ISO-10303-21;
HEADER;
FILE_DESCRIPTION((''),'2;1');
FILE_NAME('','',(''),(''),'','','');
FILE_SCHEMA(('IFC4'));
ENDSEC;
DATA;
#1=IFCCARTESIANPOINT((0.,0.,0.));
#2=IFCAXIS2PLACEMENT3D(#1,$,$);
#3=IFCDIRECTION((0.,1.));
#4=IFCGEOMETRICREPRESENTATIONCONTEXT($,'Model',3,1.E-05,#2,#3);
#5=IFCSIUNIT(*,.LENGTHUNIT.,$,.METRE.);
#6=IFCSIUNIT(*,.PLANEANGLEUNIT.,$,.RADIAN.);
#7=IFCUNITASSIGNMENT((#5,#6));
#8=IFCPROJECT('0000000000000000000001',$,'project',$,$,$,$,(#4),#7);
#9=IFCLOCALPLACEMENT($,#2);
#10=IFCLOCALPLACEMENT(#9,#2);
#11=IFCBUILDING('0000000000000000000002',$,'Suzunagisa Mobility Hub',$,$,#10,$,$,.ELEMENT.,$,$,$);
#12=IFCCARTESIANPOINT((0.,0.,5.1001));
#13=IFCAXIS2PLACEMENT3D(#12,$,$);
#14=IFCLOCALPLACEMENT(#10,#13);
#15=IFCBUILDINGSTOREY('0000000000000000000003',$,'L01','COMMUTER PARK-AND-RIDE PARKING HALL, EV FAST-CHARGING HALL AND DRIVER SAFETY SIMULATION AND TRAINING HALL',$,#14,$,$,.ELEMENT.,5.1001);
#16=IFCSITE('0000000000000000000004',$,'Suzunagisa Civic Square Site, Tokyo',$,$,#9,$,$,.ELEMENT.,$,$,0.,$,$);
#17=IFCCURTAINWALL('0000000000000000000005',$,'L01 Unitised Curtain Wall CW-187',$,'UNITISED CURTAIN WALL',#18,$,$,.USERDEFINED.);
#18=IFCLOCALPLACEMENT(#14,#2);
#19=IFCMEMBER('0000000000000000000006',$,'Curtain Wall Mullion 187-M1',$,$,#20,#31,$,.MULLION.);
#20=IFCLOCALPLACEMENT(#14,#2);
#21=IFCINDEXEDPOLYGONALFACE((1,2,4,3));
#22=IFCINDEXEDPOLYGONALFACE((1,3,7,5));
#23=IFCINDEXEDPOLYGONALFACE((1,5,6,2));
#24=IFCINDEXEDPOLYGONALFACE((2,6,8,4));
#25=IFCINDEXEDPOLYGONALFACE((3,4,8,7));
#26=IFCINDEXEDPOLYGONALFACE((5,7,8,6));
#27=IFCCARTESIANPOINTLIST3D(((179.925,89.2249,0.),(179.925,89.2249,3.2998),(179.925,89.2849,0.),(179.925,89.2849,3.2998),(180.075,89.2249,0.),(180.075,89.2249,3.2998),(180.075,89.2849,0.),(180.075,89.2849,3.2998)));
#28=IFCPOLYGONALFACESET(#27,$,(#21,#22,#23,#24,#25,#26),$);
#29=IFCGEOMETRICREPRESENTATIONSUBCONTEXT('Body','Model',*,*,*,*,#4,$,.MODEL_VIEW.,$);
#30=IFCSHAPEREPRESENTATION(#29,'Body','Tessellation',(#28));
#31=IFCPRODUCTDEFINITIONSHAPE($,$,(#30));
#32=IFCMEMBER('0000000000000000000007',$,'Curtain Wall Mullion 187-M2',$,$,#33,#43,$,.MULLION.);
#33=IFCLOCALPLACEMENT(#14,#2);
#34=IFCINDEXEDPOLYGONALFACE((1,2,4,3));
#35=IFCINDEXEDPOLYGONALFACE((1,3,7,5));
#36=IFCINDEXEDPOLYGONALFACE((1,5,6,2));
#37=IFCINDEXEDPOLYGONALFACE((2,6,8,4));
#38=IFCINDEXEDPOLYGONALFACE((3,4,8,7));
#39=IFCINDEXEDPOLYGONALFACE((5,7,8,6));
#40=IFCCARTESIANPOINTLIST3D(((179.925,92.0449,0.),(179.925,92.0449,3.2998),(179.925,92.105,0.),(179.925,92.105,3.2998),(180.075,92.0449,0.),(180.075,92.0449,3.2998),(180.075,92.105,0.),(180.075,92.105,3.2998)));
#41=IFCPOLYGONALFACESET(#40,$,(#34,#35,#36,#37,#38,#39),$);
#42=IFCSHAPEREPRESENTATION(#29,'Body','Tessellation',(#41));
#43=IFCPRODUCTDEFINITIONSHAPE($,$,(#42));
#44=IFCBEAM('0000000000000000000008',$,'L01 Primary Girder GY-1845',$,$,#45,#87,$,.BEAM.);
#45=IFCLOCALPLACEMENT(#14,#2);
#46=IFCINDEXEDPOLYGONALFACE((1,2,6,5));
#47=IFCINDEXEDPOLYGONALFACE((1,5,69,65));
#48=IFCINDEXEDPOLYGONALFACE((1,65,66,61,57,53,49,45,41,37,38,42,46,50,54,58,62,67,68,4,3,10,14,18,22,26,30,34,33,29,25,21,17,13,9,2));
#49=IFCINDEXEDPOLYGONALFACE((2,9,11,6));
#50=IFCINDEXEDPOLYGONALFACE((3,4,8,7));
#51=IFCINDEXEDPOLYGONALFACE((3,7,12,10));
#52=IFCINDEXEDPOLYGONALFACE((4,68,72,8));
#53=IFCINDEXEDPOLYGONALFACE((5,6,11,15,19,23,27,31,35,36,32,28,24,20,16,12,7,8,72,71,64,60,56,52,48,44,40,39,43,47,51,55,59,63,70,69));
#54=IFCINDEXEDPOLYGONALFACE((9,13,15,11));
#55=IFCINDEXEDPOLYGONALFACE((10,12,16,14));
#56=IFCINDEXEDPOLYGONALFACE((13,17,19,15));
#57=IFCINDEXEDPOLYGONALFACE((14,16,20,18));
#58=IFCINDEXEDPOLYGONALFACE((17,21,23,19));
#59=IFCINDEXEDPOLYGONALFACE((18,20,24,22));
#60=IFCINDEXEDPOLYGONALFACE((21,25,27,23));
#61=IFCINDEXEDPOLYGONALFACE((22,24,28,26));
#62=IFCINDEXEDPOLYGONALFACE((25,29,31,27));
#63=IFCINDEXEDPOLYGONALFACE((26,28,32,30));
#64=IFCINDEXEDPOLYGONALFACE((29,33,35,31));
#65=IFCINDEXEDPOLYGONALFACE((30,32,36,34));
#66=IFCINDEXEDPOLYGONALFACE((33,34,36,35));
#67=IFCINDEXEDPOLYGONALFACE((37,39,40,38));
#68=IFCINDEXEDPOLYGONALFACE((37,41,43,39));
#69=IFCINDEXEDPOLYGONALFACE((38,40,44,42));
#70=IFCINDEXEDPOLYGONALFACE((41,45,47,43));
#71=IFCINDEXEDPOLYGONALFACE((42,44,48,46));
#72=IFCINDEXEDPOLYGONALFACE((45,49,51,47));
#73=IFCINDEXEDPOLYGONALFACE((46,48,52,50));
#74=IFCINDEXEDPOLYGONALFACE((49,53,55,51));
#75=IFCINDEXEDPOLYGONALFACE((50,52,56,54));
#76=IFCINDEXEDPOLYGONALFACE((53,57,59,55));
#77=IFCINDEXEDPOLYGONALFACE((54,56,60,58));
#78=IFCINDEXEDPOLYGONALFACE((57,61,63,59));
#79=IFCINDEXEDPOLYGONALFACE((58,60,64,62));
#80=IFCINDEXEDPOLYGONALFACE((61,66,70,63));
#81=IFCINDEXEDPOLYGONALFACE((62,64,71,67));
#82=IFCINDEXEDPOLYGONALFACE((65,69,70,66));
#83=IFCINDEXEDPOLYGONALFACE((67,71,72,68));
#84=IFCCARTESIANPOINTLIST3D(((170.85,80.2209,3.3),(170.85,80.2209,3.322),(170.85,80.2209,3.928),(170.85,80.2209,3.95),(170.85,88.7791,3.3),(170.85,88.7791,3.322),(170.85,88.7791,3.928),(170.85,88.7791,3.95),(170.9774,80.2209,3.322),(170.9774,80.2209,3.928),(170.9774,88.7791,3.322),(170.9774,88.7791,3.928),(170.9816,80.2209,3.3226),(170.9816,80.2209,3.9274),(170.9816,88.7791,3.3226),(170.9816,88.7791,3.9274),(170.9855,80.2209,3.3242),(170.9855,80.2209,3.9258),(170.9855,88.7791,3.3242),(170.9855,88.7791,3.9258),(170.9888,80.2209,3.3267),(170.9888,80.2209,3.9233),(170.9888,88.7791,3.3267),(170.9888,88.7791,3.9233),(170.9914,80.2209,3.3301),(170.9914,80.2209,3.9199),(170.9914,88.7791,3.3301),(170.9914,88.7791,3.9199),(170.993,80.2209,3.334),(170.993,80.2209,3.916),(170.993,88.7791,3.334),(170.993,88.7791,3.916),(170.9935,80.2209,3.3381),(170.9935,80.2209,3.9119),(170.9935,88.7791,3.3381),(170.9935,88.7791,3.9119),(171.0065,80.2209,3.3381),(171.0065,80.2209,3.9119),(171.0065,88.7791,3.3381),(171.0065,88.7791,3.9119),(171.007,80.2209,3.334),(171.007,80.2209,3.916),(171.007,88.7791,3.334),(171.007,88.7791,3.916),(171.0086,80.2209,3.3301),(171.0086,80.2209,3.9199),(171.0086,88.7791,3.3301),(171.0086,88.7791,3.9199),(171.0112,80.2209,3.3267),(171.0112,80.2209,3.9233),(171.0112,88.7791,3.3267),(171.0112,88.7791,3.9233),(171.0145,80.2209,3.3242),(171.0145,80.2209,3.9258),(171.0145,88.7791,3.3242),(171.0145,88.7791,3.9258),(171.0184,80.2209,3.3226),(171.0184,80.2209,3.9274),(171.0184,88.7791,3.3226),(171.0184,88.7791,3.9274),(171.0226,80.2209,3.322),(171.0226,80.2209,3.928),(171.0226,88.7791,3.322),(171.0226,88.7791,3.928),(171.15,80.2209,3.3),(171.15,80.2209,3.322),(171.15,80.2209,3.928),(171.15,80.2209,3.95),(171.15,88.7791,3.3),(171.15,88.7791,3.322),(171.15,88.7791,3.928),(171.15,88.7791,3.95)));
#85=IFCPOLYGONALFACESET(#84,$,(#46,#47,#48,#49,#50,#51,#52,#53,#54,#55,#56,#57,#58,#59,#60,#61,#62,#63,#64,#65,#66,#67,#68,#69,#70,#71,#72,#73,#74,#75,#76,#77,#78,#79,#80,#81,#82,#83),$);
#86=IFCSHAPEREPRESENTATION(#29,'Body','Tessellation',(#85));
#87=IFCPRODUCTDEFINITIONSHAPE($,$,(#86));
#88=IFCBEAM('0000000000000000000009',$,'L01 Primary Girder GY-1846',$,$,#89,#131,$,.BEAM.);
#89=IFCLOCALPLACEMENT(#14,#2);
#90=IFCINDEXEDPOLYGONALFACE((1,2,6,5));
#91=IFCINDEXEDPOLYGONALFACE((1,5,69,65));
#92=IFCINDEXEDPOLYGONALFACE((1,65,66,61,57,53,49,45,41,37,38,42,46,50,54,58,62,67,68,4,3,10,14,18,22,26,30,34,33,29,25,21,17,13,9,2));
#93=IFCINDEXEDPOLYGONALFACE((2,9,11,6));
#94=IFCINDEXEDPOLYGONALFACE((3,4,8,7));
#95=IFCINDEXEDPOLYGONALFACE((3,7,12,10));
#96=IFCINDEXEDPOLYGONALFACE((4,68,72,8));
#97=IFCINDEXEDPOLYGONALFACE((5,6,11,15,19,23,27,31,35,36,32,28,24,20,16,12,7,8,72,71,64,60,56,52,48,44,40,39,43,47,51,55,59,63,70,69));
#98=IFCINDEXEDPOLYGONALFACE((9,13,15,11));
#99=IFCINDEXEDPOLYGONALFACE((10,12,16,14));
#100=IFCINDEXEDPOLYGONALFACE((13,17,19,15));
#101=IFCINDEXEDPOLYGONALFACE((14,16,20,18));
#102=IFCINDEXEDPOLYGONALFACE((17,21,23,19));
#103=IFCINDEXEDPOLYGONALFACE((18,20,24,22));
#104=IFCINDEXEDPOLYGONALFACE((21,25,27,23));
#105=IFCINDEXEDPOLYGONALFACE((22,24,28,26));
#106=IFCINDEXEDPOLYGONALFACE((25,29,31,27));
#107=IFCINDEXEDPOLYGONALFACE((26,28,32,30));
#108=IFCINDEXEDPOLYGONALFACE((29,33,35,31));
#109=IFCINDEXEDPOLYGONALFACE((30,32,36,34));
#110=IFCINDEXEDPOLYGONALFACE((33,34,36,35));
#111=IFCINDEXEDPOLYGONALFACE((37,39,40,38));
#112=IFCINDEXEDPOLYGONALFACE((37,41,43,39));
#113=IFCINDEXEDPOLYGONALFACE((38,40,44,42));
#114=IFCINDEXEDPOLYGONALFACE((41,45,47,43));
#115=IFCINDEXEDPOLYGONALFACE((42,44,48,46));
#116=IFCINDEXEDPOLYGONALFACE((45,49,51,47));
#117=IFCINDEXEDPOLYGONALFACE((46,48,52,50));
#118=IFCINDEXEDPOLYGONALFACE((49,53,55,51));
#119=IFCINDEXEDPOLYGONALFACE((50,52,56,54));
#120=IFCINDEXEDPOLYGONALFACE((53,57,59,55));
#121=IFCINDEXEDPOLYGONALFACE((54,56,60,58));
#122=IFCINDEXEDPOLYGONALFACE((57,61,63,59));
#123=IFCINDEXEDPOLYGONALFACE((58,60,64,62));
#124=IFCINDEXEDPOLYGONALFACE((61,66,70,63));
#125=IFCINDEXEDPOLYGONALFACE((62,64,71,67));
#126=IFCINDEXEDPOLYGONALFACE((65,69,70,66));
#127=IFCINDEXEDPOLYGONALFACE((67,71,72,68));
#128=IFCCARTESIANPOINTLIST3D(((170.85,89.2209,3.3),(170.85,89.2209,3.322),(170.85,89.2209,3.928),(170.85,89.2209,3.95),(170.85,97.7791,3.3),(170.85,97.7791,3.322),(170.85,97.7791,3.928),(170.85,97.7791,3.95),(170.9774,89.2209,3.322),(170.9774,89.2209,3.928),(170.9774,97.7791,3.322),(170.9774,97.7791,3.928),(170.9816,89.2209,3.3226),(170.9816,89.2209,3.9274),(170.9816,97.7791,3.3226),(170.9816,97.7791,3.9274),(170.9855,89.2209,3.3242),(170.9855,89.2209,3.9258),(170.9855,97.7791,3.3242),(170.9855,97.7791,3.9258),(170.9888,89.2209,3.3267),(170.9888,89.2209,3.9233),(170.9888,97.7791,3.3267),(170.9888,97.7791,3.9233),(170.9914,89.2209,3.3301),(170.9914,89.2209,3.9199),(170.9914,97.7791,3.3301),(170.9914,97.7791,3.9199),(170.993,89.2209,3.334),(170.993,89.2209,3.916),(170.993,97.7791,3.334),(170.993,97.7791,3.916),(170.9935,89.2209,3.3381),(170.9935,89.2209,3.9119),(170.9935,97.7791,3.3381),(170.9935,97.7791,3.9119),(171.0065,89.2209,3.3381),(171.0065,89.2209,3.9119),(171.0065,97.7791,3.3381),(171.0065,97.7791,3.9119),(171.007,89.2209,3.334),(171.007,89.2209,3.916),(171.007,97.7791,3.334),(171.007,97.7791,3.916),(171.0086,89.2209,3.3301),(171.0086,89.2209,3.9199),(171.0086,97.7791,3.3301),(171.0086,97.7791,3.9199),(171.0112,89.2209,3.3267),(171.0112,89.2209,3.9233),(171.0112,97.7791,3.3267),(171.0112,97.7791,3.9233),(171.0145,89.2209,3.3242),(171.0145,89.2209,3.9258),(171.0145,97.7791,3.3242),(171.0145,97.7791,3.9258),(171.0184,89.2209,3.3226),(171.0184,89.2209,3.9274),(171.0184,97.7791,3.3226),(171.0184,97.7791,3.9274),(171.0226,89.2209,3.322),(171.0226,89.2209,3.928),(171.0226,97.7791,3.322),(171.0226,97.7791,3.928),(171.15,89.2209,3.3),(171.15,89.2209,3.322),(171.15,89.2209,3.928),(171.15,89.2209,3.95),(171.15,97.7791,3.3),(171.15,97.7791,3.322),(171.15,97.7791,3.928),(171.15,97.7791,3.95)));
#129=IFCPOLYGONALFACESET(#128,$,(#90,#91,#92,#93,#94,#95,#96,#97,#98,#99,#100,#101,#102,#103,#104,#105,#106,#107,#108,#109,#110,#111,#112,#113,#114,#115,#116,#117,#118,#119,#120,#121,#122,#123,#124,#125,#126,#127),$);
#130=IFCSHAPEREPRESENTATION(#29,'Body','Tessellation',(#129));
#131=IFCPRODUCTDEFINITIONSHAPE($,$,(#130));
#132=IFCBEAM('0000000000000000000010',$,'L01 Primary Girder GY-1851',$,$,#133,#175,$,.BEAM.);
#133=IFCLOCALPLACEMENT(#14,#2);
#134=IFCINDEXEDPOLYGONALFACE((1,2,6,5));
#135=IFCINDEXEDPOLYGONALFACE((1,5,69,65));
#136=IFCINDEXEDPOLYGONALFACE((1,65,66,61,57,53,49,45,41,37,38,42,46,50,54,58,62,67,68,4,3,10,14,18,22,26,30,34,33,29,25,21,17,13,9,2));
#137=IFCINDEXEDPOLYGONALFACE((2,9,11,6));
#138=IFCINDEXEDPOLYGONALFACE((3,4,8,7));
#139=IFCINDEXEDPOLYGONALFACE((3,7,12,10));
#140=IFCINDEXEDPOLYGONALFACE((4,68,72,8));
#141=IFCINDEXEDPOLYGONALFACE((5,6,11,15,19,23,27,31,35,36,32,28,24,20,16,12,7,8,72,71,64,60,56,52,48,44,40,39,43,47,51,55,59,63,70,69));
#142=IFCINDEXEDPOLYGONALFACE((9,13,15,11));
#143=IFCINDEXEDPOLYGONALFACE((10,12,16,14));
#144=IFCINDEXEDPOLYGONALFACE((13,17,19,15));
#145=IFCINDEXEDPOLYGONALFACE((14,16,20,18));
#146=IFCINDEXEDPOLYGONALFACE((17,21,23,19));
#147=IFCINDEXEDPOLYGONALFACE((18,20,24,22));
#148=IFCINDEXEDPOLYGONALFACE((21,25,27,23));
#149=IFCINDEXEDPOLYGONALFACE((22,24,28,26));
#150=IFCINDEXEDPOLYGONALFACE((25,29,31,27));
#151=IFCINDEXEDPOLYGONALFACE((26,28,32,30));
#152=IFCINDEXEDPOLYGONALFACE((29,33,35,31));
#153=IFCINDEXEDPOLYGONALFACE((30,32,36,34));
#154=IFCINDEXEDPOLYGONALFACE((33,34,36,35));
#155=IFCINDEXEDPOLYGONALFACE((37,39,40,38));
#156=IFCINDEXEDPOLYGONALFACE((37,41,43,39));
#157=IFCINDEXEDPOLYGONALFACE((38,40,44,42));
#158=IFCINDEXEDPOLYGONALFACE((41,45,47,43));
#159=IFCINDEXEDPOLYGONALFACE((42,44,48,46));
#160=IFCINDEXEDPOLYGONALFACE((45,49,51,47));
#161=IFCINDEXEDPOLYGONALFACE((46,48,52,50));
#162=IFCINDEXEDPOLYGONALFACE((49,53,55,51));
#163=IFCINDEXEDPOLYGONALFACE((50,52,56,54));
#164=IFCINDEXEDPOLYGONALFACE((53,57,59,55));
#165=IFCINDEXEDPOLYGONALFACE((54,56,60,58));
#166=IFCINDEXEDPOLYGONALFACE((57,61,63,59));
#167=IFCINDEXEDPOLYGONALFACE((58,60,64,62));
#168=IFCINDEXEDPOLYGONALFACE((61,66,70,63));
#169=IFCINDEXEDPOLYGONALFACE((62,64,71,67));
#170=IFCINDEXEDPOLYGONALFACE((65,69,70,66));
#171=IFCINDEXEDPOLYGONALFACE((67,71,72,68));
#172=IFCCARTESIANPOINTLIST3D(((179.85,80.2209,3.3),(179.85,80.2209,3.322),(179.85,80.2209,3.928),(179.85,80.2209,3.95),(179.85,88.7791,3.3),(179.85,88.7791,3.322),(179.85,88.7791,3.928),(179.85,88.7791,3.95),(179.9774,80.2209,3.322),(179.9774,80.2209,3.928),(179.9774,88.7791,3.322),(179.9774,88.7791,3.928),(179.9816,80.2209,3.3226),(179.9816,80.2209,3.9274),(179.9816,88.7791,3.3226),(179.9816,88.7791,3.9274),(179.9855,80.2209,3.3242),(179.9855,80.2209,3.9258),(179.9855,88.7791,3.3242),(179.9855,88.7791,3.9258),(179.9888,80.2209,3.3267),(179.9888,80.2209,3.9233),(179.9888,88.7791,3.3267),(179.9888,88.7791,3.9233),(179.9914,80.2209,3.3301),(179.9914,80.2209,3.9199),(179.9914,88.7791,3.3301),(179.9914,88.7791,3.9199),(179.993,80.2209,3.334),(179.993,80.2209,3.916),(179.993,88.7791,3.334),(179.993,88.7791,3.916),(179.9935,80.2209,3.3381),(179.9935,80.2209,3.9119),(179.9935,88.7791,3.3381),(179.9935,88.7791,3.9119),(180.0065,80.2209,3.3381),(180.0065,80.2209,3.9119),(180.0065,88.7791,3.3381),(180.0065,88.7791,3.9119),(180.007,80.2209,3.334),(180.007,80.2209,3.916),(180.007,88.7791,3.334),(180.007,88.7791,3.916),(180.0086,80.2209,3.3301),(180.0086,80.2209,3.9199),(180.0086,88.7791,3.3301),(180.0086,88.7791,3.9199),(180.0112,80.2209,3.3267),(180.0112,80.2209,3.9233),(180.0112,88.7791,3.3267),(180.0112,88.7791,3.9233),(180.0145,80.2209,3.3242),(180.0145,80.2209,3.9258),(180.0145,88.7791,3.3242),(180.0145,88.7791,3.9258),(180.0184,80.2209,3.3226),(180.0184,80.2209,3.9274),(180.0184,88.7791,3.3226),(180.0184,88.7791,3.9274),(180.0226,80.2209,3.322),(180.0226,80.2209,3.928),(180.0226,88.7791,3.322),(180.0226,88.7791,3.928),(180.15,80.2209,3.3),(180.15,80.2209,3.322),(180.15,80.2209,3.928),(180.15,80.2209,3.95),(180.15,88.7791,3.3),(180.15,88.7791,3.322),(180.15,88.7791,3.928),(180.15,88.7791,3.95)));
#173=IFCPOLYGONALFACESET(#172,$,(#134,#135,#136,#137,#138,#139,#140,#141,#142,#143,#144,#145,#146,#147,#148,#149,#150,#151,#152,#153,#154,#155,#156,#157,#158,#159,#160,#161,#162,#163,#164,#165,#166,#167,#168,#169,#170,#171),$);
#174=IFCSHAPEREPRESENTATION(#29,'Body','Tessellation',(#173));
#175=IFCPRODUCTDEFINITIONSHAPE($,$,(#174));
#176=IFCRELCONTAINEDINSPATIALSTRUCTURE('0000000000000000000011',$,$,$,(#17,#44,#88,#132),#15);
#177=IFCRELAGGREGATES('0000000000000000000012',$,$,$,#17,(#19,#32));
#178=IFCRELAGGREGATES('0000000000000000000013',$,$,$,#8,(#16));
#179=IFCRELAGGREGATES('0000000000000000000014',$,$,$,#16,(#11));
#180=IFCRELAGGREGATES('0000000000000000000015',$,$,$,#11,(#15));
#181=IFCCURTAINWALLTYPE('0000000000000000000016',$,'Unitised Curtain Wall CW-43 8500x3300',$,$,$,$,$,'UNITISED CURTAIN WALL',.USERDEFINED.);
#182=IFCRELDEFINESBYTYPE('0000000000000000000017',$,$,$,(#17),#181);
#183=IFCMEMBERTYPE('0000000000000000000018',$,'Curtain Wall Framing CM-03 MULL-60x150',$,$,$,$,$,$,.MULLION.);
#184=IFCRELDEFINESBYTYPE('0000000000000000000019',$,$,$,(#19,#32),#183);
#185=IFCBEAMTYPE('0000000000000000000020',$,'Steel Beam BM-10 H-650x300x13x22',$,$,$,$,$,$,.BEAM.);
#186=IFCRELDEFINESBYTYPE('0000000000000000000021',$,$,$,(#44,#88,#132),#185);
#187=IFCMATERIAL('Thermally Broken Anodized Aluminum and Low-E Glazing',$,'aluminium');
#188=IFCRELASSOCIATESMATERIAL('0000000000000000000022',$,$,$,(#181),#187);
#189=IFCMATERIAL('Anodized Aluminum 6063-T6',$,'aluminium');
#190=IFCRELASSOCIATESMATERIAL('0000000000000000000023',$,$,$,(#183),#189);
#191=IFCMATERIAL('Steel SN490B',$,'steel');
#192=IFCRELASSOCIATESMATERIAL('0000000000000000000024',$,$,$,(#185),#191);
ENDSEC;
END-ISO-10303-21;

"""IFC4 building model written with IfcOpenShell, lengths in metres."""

from ifc_helpers import new_model, si_unit, direction, frame, origin, origin_2d, place, context, subcontext, project, spatial, rectangle, i_section, extrude, material, material_profile, profile_set, type_object, element, aggregate, save


model = new_model("IFC4")

# Units and contexts
model_context = context("Model", 3, precision=1e-05, world=origin(), true_north=direction((0.0, 1.0)))
body_context = subcontext(model_context, "Body", "Model", "MODEL_VIEW")
ifc_project = project(units=[si_unit("LENGTHUNIT", "METRE"), si_unit("PLANEANGLEUNIT", "RADIAN")], contexts=[model_context])

# Site, building, storey
site_placement = place(None, origin())
site = spatial("IfcSite", under=ifc_project, at=site_placement, Name="Suzunagisa Civic Square Site, Tokyo", CompositionType="ELEMENT", RefElevation=0.0)
building_placement = place(site_placement, origin())
building = spatial("IfcBuilding", under=site, at=building_placement, Name="Suzunagisa Mobility Hub", CompositionType="ELEMENT")
storey_placement = place(building_placement, frame((0.0, 0.0, 5.1001)))
storey = spatial("IfcBuildingStorey", under=building, at=storey_placement, Name="L01", Description="COMMUTER PARK-AND-RIDE PARKING HALL, EV FAST-CHARGING HALL AND DRIVER SAFETY SIMULATION AND TRAINING HALL", CompositionType="ELEMENT", Elevation=5.1001)

# Shared definitions
ifc_material_1 = material(Name="Steel SN490B", Category="steel")

# Curtain wall, members
ifc_material_2 = material(Name="Thermally Broken Anodized Aluminum and Low-E Glazing", Category="aluminium")
curtain_wall_type = type_object("IfcCurtainWallType", Name="Unitised Curtain Wall CW-43 8500x3300", ElementType="UNITISED CURTAIN WALL", PredefinedType="USERDEFINED", material=ifc_material_2)
curtain_wall_placement = place(storey_placement, origin())
curtain_wall = element("IfcCurtainWall", 1, at=curtain_wall_placement, inside=storey, type_object=curtain_wall_type, Name="L01 Unitised Curtain Wall CW-187", ObjectType="UNITISED CURTAIN WALL", PredefinedType="USERDEFINED")
ifc_material_3 = material(Name="Anodized Aluminum 6063-T6", Category="aluminium")
ifc_material_profile_1 = material_profile(ifc_material_3, rectangle(XDim=0.0601, YDim=0.1499, at=origin_2d()), Name="MULL-60x150")
ifc_profile_set_1 = profile_set([ifc_material_profile_1], Name="Anodized Aluminum 6063-T6")
member_type_1 = type_object("IfcMemberType", Name="Curtain Wall Framing CM-03 MULL-60x150", PredefinedType="MULLION", material=ifc_profile_set_1)
member_1_placement = place(storey_placement, frame((180.0, 89.2549, 0.0), z_axis=(0.0, 0.0, 1.0), x_axis=(0.0, 1.0, 0.0)))
member_1 = element("IfcMember", 2, at=member_1_placement, type_object=member_type_1, Name="Curtain Wall Mullion 187-M1", PredefinedType="MULLION", context=body_context, shape_type="SweptSolid", body=[
    extrude(rectangle(XDim=0.0601, YDim=0.1499, at=origin_2d()), origin(), (0.0, 0.0, 1.0), 3.2998),
])
member_2_placement = place(storey_placement, frame((180.0, 92.075, 0.0), z_axis=(0.0, 0.0, 1.0), x_axis=(0.0, 1.0, 0.0)))
member_2 = element("IfcMember", 3, at=member_2_placement, type_object=member_type_1, Name="Curtain Wall Mullion 187-M2", PredefinedType="MULLION", context=body_context, shape_type="SweptSolid", body=[
    extrude(rectangle(XDim=0.0601, YDim=0.1499, at=origin_2d()), origin(), (0.0, 0.0, 1.0), 3.2998),
])

# Beams
ifc_material_profile_2 = material_profile(ifc_material_1, i_section(OverallWidth=0.3, OverallDepth=0.6499, WebThickness=0.0129, FlangeThickness=0.022, FilletRadius=0.0161, at=origin_2d()), Name="H-650x300x13x22")
ifc_profile_set_2 = profile_set([ifc_material_profile_2], Name="Steel SN490B")
beam_type_1 = type_object("IfcBeamType", Name="Steel Beam BM-10 H-650x300x13x22", PredefinedType="BEAM", material=ifc_profile_set_2)
for number, where, z_axis, x_axis, name in (
    (4, (171.0, 80.2209, 3.625), (0.0, 1.0, 0.0), (-1.0, 0.0, 0.0), "L01 Primary Girder GY-1845"),
    (5, (171.0, 89.2209, 3.625), (0.0, 1.0, 0.0), (-1.0, 0.0, 0.0), "L01 Primary Girder GY-1846"),
    (6, (180.0, 80.2209, 3.625), (0.0, 1.0, 0.0), (-1.0, 0.0, 0.0), "L01 Primary Girder GY-1851"),
):
    element("IfcBeam", number, at=place(storey_placement, frame(where, z_axis=z_axis, x_axis=x_axis)), inside=storey, type_object=beam_type_1, Name=name, PredefinedType="BEAM", context=body_context, shape_type="SweptSolid", body=[
        extrude(i_section(OverallWidth=0.3, OverallDepth=0.6499, WebThickness=0.0129, FlangeThickness=0.022, FilletRadius=0.0161, at=origin_2d()), origin(), (0.0, 0.0, 1.0), 8.5581),
    ])

aggregate(curtain_wall, [member_1, member_2])

save(model, "model.ifc")
